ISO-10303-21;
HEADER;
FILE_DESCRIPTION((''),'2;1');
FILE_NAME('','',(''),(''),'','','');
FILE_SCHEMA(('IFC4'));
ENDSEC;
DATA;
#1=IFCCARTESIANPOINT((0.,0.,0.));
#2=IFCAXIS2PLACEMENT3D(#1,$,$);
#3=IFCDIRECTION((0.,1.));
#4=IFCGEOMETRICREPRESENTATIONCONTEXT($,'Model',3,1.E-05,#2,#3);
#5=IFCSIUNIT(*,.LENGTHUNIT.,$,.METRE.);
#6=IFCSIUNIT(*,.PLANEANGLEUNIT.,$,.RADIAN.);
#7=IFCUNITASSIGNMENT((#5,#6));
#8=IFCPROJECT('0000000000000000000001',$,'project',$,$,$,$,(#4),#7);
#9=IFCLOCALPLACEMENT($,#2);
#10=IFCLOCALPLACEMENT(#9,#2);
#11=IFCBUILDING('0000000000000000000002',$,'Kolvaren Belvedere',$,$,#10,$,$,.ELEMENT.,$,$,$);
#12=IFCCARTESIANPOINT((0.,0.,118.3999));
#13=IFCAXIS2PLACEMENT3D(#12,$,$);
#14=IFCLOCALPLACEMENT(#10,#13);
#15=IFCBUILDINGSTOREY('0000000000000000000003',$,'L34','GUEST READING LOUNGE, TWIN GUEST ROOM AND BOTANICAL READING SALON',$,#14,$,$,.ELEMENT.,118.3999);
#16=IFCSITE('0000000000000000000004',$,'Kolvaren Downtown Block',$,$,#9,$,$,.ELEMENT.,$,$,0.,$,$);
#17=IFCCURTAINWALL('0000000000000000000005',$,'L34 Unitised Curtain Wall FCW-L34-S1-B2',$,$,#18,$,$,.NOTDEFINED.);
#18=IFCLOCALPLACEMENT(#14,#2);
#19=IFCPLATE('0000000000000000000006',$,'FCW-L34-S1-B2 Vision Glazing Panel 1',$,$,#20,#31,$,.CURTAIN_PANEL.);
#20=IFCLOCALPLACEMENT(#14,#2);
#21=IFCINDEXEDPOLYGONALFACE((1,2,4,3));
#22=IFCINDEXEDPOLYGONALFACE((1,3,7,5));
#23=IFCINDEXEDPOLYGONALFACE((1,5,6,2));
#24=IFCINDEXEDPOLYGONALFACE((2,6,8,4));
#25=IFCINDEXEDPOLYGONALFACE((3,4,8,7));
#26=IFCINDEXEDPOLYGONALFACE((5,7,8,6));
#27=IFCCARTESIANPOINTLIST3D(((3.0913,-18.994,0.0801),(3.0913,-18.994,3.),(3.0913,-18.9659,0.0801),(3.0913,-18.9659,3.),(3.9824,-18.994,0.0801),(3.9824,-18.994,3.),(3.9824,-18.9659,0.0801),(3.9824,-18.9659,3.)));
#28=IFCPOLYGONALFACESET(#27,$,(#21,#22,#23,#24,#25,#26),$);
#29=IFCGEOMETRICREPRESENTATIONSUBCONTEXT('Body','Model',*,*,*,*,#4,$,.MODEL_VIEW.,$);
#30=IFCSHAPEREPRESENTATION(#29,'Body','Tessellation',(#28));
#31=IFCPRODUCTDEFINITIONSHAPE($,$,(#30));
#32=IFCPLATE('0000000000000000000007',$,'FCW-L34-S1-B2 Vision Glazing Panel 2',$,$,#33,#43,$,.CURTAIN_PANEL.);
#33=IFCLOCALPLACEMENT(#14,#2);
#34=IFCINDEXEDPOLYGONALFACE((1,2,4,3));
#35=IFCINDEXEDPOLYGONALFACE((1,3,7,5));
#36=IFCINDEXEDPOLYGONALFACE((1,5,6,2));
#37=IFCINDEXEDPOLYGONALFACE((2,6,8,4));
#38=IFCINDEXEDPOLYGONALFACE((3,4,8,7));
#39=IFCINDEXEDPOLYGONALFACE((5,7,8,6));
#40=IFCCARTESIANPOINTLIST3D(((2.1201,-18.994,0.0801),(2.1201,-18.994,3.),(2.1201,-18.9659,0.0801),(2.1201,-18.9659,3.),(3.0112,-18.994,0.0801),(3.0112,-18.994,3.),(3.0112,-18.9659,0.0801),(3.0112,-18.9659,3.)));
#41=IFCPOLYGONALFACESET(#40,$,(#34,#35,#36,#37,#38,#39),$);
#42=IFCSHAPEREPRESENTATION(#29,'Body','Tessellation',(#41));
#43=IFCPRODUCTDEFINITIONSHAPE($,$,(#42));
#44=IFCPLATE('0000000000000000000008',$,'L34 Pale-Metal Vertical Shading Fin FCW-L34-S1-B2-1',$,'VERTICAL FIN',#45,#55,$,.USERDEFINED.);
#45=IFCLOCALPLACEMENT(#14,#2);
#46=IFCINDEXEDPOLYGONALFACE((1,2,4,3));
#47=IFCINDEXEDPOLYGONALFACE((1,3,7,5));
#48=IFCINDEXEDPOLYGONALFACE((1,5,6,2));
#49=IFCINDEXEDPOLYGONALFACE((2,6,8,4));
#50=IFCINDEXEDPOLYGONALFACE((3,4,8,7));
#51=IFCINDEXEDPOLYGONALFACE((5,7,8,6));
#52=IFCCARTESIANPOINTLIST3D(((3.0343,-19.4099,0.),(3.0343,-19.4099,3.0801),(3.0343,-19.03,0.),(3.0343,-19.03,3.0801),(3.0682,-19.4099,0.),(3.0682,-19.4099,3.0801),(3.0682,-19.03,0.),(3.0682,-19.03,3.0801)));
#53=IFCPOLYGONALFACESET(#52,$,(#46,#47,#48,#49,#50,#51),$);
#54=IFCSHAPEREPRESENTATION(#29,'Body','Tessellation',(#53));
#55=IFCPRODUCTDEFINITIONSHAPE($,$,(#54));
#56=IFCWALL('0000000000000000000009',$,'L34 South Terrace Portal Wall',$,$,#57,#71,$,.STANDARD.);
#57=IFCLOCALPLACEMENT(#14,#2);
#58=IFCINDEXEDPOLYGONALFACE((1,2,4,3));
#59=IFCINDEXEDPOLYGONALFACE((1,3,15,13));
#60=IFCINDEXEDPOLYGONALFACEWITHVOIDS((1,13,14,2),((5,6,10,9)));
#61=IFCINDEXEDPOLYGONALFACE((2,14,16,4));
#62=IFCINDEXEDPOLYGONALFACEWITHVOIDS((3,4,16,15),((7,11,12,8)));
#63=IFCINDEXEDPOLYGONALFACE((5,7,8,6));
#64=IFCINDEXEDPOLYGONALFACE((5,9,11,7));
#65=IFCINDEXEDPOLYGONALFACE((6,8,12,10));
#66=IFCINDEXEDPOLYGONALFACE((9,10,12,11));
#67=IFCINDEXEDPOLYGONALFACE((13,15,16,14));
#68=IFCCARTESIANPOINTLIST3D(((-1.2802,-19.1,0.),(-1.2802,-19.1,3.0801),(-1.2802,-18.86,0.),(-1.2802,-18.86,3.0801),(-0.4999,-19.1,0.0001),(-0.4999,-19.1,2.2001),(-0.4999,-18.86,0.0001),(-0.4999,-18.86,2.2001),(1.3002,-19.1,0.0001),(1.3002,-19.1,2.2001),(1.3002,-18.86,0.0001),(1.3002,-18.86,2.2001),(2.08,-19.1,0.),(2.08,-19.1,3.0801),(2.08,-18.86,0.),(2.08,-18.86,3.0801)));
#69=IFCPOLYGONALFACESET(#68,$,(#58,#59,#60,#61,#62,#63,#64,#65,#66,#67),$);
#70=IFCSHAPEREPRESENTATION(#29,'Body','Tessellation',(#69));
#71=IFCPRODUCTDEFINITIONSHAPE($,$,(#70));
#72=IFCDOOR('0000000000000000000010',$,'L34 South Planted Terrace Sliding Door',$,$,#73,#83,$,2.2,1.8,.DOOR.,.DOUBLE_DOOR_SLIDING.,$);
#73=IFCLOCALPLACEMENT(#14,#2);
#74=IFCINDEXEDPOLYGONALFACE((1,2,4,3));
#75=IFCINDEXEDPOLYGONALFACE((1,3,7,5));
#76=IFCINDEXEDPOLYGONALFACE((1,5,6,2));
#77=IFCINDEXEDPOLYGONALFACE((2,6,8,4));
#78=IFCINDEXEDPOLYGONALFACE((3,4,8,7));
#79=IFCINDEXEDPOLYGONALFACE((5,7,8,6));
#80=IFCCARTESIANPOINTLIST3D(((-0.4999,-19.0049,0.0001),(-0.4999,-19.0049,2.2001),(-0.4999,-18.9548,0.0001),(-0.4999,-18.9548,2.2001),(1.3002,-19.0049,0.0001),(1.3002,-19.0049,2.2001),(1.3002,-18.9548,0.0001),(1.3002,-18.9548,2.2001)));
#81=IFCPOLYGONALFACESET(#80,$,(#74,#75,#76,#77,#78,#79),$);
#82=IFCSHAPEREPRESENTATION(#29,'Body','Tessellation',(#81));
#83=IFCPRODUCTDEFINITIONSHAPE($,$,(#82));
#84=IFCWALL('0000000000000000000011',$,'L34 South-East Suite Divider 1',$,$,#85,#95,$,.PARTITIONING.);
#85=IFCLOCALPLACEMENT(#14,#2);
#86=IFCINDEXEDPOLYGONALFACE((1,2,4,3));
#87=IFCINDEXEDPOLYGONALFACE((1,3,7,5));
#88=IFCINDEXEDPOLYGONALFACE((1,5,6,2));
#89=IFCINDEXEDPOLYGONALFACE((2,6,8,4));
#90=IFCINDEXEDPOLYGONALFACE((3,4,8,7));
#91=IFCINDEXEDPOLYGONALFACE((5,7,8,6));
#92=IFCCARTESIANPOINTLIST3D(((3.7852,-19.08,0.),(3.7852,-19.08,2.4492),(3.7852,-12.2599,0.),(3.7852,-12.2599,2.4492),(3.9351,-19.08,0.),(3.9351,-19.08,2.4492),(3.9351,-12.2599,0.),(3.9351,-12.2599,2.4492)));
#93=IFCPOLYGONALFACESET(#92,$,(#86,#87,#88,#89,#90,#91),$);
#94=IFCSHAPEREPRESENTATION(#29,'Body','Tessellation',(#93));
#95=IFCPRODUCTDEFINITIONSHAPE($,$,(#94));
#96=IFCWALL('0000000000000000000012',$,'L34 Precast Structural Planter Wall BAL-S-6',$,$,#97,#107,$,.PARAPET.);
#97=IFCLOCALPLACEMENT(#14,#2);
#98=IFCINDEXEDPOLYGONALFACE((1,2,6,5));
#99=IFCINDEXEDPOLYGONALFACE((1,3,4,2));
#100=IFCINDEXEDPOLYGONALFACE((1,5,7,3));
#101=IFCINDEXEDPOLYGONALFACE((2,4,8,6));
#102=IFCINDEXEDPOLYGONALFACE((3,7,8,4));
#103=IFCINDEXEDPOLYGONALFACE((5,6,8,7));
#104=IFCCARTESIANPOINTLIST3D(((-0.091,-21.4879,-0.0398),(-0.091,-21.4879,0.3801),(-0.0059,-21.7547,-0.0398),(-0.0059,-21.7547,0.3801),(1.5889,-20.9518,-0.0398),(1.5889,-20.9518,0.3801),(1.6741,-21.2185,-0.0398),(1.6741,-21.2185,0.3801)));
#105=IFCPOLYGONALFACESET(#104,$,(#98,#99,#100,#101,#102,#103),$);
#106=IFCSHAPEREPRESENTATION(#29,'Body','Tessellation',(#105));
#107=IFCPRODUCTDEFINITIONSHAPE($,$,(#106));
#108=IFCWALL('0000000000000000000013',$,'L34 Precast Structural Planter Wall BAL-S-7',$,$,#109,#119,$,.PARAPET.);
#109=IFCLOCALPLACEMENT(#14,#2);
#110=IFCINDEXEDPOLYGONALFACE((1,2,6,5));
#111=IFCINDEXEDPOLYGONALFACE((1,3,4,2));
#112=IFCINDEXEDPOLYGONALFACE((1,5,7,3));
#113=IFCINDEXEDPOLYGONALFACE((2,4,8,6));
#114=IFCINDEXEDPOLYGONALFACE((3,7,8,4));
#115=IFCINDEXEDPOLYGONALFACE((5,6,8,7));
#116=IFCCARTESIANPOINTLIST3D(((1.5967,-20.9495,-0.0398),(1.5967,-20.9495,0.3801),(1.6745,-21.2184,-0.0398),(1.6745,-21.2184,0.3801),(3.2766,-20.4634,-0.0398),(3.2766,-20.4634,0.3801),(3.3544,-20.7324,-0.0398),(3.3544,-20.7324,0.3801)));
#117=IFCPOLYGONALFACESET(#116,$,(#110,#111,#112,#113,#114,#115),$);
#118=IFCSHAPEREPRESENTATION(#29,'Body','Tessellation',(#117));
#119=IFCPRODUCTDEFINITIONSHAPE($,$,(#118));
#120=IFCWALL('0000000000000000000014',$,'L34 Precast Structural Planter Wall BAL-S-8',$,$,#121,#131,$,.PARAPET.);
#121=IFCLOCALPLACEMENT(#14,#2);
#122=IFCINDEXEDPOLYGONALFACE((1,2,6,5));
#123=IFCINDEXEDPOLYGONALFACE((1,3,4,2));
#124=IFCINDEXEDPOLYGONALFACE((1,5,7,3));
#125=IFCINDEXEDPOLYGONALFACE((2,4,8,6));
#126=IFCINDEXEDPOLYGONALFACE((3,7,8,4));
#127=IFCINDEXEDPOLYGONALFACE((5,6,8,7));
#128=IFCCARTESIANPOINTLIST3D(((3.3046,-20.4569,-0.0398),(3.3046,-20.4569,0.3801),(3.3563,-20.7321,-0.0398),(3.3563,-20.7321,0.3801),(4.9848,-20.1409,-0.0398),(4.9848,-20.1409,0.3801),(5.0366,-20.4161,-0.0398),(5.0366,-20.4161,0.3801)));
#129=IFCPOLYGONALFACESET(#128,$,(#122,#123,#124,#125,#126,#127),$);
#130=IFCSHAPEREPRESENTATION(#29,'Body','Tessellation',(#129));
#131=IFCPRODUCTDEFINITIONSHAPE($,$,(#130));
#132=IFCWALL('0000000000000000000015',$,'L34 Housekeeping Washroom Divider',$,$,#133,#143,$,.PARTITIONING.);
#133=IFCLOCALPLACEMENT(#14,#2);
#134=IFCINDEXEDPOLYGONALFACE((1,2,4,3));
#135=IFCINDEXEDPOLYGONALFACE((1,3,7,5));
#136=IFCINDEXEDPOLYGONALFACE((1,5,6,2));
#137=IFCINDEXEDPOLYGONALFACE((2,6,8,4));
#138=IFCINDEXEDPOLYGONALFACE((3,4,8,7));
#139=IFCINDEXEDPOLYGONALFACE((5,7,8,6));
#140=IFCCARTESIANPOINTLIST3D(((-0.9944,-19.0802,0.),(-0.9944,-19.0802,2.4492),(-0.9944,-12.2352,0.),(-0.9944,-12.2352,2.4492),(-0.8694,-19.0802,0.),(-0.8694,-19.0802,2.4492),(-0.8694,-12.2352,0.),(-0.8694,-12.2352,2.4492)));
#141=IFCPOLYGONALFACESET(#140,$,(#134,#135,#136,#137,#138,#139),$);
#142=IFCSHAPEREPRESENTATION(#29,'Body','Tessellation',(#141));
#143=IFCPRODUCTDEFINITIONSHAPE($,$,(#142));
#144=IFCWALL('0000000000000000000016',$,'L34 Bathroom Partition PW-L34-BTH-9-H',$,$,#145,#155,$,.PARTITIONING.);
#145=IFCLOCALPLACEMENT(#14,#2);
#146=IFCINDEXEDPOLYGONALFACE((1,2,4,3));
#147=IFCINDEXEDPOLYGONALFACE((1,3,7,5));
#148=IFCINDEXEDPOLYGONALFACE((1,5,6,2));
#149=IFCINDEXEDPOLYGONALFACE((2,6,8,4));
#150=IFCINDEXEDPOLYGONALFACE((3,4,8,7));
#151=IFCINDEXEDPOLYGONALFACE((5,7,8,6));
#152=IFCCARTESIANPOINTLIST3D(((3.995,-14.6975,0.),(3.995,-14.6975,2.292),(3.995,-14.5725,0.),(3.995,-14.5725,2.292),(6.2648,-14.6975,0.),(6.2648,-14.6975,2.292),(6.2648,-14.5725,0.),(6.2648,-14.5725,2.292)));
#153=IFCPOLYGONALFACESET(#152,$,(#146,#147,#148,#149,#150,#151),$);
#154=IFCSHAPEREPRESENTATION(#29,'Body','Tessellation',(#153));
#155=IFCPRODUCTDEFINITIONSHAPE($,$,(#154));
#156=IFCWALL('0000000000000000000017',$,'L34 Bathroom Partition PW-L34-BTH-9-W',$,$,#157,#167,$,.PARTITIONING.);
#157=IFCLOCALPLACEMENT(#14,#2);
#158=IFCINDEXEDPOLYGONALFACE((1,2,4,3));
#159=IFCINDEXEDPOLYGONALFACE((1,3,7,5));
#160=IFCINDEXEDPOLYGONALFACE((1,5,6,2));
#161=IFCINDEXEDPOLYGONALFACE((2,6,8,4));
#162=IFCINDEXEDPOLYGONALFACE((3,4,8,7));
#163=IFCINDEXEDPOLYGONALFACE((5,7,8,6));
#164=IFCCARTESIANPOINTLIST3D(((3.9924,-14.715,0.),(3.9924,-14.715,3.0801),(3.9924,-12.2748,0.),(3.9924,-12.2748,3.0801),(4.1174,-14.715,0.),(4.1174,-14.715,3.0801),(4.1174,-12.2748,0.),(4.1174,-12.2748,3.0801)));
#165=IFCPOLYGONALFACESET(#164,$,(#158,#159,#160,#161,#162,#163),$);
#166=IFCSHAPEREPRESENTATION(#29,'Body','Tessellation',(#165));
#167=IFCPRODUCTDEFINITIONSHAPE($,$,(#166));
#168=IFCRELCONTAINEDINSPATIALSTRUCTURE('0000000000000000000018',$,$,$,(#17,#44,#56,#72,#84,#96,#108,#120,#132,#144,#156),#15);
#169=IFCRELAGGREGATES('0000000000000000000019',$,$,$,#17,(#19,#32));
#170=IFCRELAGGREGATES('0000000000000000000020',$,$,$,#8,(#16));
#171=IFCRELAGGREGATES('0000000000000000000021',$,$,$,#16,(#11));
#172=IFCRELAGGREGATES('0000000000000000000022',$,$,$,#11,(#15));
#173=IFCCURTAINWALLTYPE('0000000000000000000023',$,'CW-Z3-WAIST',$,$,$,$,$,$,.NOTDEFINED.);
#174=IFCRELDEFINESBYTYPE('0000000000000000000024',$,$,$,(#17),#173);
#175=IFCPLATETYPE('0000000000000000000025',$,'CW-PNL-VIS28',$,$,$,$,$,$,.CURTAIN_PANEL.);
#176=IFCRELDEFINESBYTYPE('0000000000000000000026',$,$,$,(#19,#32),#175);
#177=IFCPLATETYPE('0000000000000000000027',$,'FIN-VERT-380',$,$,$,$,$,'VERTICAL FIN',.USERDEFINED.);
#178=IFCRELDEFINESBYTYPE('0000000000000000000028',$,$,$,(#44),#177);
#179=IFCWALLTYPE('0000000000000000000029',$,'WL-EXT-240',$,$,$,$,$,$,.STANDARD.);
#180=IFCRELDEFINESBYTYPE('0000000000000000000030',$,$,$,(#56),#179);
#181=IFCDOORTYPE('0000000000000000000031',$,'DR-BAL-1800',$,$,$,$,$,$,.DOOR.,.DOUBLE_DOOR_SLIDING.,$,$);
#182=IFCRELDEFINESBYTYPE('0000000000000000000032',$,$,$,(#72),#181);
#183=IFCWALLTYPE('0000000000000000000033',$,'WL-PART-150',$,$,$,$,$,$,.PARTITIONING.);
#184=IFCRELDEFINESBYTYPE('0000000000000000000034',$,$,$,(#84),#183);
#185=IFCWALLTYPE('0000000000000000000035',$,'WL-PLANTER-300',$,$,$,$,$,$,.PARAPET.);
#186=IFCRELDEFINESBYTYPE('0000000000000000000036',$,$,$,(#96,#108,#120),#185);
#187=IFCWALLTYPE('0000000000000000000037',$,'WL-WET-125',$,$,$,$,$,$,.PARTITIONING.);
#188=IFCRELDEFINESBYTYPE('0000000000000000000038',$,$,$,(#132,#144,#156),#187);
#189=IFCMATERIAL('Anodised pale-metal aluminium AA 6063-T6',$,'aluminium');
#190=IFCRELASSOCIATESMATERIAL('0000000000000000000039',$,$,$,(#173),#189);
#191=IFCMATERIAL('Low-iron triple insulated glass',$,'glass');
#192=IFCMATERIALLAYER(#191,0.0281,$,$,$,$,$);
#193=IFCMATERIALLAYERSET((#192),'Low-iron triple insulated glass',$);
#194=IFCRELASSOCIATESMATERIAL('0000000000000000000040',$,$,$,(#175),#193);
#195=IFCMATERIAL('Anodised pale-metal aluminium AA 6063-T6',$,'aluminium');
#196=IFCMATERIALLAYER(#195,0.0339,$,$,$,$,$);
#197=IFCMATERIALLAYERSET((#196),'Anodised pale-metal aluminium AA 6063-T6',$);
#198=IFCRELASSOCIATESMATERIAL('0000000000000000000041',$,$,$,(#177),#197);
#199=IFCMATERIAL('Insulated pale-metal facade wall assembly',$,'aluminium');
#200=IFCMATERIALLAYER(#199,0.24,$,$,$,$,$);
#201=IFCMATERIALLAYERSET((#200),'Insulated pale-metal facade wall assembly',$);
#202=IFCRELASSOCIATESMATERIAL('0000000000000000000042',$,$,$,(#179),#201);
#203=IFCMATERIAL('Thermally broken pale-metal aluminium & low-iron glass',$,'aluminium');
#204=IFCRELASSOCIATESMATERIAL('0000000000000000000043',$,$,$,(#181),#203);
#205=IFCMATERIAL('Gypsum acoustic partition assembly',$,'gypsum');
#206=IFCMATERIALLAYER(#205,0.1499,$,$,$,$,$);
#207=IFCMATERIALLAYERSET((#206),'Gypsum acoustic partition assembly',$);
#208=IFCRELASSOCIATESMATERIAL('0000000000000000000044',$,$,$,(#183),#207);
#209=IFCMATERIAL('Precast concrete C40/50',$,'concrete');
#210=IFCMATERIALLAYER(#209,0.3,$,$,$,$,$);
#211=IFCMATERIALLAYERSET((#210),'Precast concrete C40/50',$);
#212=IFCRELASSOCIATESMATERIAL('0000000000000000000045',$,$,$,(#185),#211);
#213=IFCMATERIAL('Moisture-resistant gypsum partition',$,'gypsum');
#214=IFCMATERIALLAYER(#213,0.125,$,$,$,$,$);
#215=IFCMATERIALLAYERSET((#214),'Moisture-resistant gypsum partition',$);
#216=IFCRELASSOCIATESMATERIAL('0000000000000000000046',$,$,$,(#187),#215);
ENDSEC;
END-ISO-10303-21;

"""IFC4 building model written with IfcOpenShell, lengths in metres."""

from ifc_helpers import new_model, si_unit, direction, frame, frame_2d, origin, origin_2d, place, context, subcontext, project, spatial, rectangle, extrude, material, layer, layer_set, type_object, element, fill, aggregate, save


model = new_model("IFC4")

# Units and contexts
model_context = context("Model", 3, precision=1e-05, world=origin(), true_north=direction((0.0, 1.0)))
body_context = subcontext(model_context, "Body", "Model", "MODEL_VIEW")
ifc_project = project(units=[si_unit("LENGTHUNIT", "METRE"), si_unit("PLANEANGLEUNIT", "RADIAN")], contexts=[model_context])

# Site, building, storey
site_placement = place(None, origin())
site = spatial("IfcSite", under=ifc_project, at=site_placement, Name="Kolvaren Downtown Block", CompositionType="ELEMENT", RefElevation=0.0)
building_placement = place(site_placement, origin())
building = spatial("IfcBuilding", under=site, at=building_placement, Name="Kolvaren Belvedere", CompositionType="ELEMENT")
storey_placement = place(building_placement, frame((0.0, 0.0, 118.3999)))
storey = spatial("IfcBuildingStorey", under=building, at=storey_placement, Name="L34", Description="GUEST READING LOUNGE, TWIN GUEST ROOM AND BOTANICAL READING SALON", CompositionType="ELEMENT", Elevation=118.3999)

# Curtain wall
ifc_material_1 = material(Name="Anodised pale-metal aluminium AA 6063-T6", Category="aluminium")
curtain_wall_type = type_object("IfcCurtainWallType", Name="CW-Z3-WAIST", PredefinedType="NOTDEFINED", material=ifc_material_1)
curtain_wall_1_placement = place(storey_placement, origin())
curtain_wall_1 = element("IfcCurtainWall", 1, at=curtain_wall_1_placement, inside=storey, type_object=curtain_wall_type, Name="L34 Unitised Curtain Wall FCW-L34-S1-B2", PredefinedType="NOTDEFINED")

# Plates
ifc_material_2 = material(Name="Low-iron triple insulated glass", Category="glass")
ifc_layer_1 = layer(ifc_material_2, 0.0281)
ifc_layer_set_1 = layer_set([ifc_layer_1], Name="Low-iron triple insulated glass")
plate_type_1 = type_object("IfcPlateType", Name="CW-PNL-VIS28", PredefinedType="CURTAIN_PANEL", material=ifc_layer_set_1)
plate_1_placement = place(storey_placement, frame((3.5369, -18.98, 0.0801), z_axis=(0.0, 0.0, 1.0), x_axis=(-1.0, 0.0, 0.0)))
plate_1 = element("IfcPlate", 2, at=plate_1_placement, type_object=plate_type_1, Name="FCW-L34-S1-B2 Vision Glazing Panel 1", PredefinedType="CURTAIN_PANEL", context=body_context, shape_type="SweptSolid", body=[
    extrude(rectangle(XDim=0.8911, YDim=0.0281, at=origin_2d()), origin(), (0.0, 0.0, 1.0), 2.9199),
])
plate_2_placement = place(storey_placement, frame((2.5657, -18.98, 0.0801), z_axis=(0.0, 0.0, 1.0), x_axis=(-1.0, 0.0, 0.0)))
plate_2 = element("IfcPlate", 3, at=plate_2_placement, type_object=plate_type_1, Name="FCW-L34-S1-B2 Vision Glazing Panel 2", PredefinedType="CURTAIN_PANEL", context=body_context, shape_type="SweptSolid", body=[
    extrude(rectangle(XDim=0.8911, YDim=0.0281, at=origin_2d()), origin(), (0.0, 0.0, 1.0), 2.9199),
])
aggregate(curtain_wall_1, [plate_1, plate_2])
ifc_material_3 = material(Name="Anodised pale-metal aluminium AA 6063-T6", Category="aluminium")
ifc_layer_2 = layer(ifc_material_3, 0.0339)
ifc_layer_set_2 = layer_set([ifc_layer_2], Name="Anodised pale-metal aluminium AA 6063-T6")
plate_type_2 = type_object("IfcPlateType", Name="FIN-VERT-380", ElementType="VERTICAL FIN", PredefinedType="USERDEFINED", material=ifc_layer_set_2)
plate_3_placement = place(storey_placement, frame((3.0513, -19.22, 0.0), z_axis=(0.0, 0.0, 1.0), x_axis=(0.0, 1.0, 0.0)))
element("IfcPlate", 4, at=plate_3_placement, inside=storey, type_object=plate_type_2, Name="L34 Pale-Metal Vertical Shading Fin FCW-L34-S1-B2-1", ObjectType="VERTICAL FIN", PredefinedType="USERDEFINED", context=body_context, shape_type="SweptSolid", body=[
    extrude(rectangle(XDim=0.3799, YDim=0.0339, at=origin_2d()), origin(), (0.0, 0.0, 1.0), 3.0801),
])

# Wall, opening, door
ifc_material_4 = material(Name="Insulated pale-metal facade wall assembly", Category="aluminium")
ifc_layer_3 = layer(ifc_material_4, 0.24)
ifc_layer_set_3 = layer_set([ifc_layer_3], Name="Insulated pale-metal facade wall assembly")
wall_type_1 = type_object("IfcWallType", Name="WL-EXT-240", PredefinedType="STANDARD", material=ifc_layer_set_3)
wall_1_placement = place(storey_placement, frame((2.0801, -18.98, 0.0), z_axis=(0.0, 0.0, 1.0), x_axis=(-1.0, 0.0, 0.0)))
wall_1 = element("IfcWall", 5, at=wall_1_placement, inside=storey, type_object=wall_type_1, Name="L34 South Terrace Portal Wall", PredefinedType="STANDARD", context=body_context, shape_type="SweptSolid", body=[
    extrude(rectangle(XDim=3.3601, YDim=0.24, at=frame_2d((1.6802, 0.0))), origin(), (0.0, 0.0, 1.0), 3.0801),
])
opening_placement = place(wall_1_placement, frame((0.78, 0.0, 0.0)))
opening = element("IfcOpeningElement", 6, at=opening_placement, cuts=wall_1, PredefinedType="OPENING", context=body_context, shape_type="SweptSolid", body=[
    extrude(rectangle(XDim=1.8, YDim=2.2, at=frame_2d((0.8999, 1.1001))), frame((0.0, 0.1299, 0.0), z_axis=(0.0, -1.0, 0.0), x_axis=(1.0, 0.0, 0.0)), (0.0, 0.0, 1.0), 0.26),
])
ifc_material_5 = material(Name="Thermally broken pale-metal aluminium & low-iron glass", Category="aluminium")
door_type = type_object("IfcDoorType", Name="DR-BAL-1800", OperationType="DOUBLE_DOOR_SLIDING", PredefinedType="DOOR", material=ifc_material_5)
door_placement = place(opening_placement, origin())
door = element("IfcDoor", 7, at=door_placement, inside=storey, type_object=door_type, Name="L34 South Planted Terrace Sliding Door", OperationType="DOUBLE_DOOR_SLIDING", OverallHeight=2.2, OverallWidth=1.8, PredefinedType="DOOR", context=body_context, shape_type="SweptSolid", body=[
    extrude(rectangle(XDim=1.8, YDim=2.2, at=frame_2d((0.8999, 1.1001))), frame((0.0, 0.0249, 0.0), z_axis=(0.0, -1.0, 0.0), x_axis=(1.0, 0.0, 0.0)), (0.0, 0.0, 1.0), 0.05),
])
fill(opening, door)

# Walls
ifc_material_6 = material(Name="Gypsum acoustic partition assembly", Category="gypsum")
ifc_layer_4 = layer(ifc_material_6, 0.1499)
ifc_layer_set_4 = layer_set([ifc_layer_4], Name="Gypsum acoustic partition assembly")
wall_type_2 = type_object("IfcWallType", Name="WL-PART-150", PredefinedType="PARTITIONING", material=ifc_layer_set_4)
wall_2_placement = place(storey_placement, frame((3.8601, -19.0801, 0.0), z_axis=(0.0, 0.0, 1.0), x_axis=(0.0, 1.0, 0.0)))
element("IfcWall", 8, at=wall_2_placement, inside=storey, type_object=wall_type_2, Name="L34 South-East Suite Divider 1", PredefinedType="PARTITIONING", context=body_context, shape_type="SweptSolid", body=[
    extrude(rectangle(XDim=6.8201, YDim=0.1499, at=frame_2d((3.4102, 0.0))), origin(), (0.0, 0.0, 1.0), 2.4492),
])
ifc_material_7 = material(Name="Precast concrete C40/50", Category="concrete")
ifc_layer_5 = layer(ifc_material_7, 0.3)
ifc_layer_set_5 = layer_set([ifc_layer_5], Name="Precast concrete C40/50")
wall_type_3 = type_object("IfcWallType", Name="WL-PLANTER-300", PredefinedType="PARAPET", material=ifc_layer_set_5)
wall_3_placement = place(storey_placement, frame((-0.0486, -21.6213, -0.0398), z_axis=(0.0, 0.0, 1.0), x_axis=(0.952662, 0.304032, 0.0)))
element("IfcWall", 9, at=wall_3_placement, inside=storey, type_object=wall_type_3, Name="L34 Precast Structural Planter Wall BAL-S-6", PredefinedType="PARAPET", context=body_context, shape_type="SweptSolid", body=[
    extrude(rectangle(XDim=1.7634, YDim=0.28, at=frame_2d((0.8818, 0.0))), origin(), (0.0, 0.0, 1.0), 0.4199),
])
wall_4_placement = place(storey_placement, frame((1.6355, -21.084, -0.0398), z_axis=(0.0, 0.0, 1.0), x_axis=(0.960597, 0.277946, 0.0)))
element("IfcWall", 10, at=wall_4_placement, inside=storey, type_object=wall_type_3, Name="L34 Precast Structural Planter Wall BAL-S-7", PredefinedType="PARAPET", context=body_context, shape_type="SweptSolid", body=[
    extrude(rectangle(XDim=1.7488, YDim=0.28, at=frame_2d((0.8745, 0.0))), origin(), (0.0, 0.0, 1.0), 0.4199),
])
wall_5_placement = place(storey_placement, frame((3.3303, -20.5945, -0.0398), z_axis=(0.0, 0.0, 1.0), x_axis=(0.982778, 0.184789, 0.0)))
element("IfcWall", 11, at=wall_5_placement, inside=storey, type_object=wall_type_3, Name="L34 Precast Structural Planter Wall BAL-S-8", PredefinedType="PARAPET", context=body_context, shape_type="SweptSolid", body=[
    extrude(rectangle(XDim=1.7097, YDim=0.28, at=frame_2d((0.855, 0.0))), origin(), (0.0, 0.0, 1.0), 0.4199),
])
ifc_material_8 = material(Name="Moisture-resistant gypsum partition", Category="gypsum")
ifc_layer_6 = layer(ifc_material_8, 0.125)
ifc_layer_set_6 = layer_set([ifc_layer_6], Name="Moisture-resistant gypsum partition")
wall_type_4 = type_object("IfcWallType", Name="WL-WET-125", PredefinedType="PARTITIONING", material=ifc_layer_set_6)
wall_6_placement = place(storey_placement, frame((-0.9319, -19.0801, 0.0), z_axis=(0.0, 0.0, 1.0), x_axis=(0.0, 1.0, 0.0)))
element("IfcWall", 12, at=wall_6_placement, inside=storey, type_object=wall_type_4, Name="L34 Housekeeping Washroom Divider", PredefinedType="PARTITIONING", context=body_context, shape_type="SweptSolid", body=[
    extrude(rectangle(XDim=6.845, YDim=0.125, at=frame_2d((3.4224, 0.0))), origin(), (0.0, 0.0, 1.0), 2.4492),
])
wall_7_placement = place(storey_placement, frame((3.9951, -14.635, 0.0), z_axis=(0.0, 0.0, 1.0), x_axis=(1.0, 0.0, 0.0)))
element("IfcWall", 13, at=wall_7_placement, inside=storey, type_object=wall_type_4, Name="L34 Bathroom Partition PW-L34-BTH-9-H", PredefinedType="PARTITIONING", context=body_context, shape_type="SweptSolid", body=[
    extrude(rectangle(XDim=2.2698, YDim=0.125, at=frame_2d((1.1348, 0.0))), origin(), (0.0, 0.0, 1.0), 2.292),
])
wall_8_placement = place(storey_placement, frame((4.0549, -14.7151, 0.0), z_axis=(0.0, 0.0, 1.0), x_axis=(0.0, 1.0, 0.0)))
element("IfcWall", 14, at=wall_8_placement, inside=storey, type_object=wall_type_4, Name="L34 Bathroom Partition PW-L34-BTH-9-W", PredefinedType="PARTITIONING", context=body_context, shape_type="SweptSolid", body=[
    extrude(rectangle(XDim=2.4402, YDim=0.125, at=frame_2d((1.2202, 0.0))), origin(), (0.0, 0.0, 1.0), 3.0801),
])

save(model, "model.ifc")
